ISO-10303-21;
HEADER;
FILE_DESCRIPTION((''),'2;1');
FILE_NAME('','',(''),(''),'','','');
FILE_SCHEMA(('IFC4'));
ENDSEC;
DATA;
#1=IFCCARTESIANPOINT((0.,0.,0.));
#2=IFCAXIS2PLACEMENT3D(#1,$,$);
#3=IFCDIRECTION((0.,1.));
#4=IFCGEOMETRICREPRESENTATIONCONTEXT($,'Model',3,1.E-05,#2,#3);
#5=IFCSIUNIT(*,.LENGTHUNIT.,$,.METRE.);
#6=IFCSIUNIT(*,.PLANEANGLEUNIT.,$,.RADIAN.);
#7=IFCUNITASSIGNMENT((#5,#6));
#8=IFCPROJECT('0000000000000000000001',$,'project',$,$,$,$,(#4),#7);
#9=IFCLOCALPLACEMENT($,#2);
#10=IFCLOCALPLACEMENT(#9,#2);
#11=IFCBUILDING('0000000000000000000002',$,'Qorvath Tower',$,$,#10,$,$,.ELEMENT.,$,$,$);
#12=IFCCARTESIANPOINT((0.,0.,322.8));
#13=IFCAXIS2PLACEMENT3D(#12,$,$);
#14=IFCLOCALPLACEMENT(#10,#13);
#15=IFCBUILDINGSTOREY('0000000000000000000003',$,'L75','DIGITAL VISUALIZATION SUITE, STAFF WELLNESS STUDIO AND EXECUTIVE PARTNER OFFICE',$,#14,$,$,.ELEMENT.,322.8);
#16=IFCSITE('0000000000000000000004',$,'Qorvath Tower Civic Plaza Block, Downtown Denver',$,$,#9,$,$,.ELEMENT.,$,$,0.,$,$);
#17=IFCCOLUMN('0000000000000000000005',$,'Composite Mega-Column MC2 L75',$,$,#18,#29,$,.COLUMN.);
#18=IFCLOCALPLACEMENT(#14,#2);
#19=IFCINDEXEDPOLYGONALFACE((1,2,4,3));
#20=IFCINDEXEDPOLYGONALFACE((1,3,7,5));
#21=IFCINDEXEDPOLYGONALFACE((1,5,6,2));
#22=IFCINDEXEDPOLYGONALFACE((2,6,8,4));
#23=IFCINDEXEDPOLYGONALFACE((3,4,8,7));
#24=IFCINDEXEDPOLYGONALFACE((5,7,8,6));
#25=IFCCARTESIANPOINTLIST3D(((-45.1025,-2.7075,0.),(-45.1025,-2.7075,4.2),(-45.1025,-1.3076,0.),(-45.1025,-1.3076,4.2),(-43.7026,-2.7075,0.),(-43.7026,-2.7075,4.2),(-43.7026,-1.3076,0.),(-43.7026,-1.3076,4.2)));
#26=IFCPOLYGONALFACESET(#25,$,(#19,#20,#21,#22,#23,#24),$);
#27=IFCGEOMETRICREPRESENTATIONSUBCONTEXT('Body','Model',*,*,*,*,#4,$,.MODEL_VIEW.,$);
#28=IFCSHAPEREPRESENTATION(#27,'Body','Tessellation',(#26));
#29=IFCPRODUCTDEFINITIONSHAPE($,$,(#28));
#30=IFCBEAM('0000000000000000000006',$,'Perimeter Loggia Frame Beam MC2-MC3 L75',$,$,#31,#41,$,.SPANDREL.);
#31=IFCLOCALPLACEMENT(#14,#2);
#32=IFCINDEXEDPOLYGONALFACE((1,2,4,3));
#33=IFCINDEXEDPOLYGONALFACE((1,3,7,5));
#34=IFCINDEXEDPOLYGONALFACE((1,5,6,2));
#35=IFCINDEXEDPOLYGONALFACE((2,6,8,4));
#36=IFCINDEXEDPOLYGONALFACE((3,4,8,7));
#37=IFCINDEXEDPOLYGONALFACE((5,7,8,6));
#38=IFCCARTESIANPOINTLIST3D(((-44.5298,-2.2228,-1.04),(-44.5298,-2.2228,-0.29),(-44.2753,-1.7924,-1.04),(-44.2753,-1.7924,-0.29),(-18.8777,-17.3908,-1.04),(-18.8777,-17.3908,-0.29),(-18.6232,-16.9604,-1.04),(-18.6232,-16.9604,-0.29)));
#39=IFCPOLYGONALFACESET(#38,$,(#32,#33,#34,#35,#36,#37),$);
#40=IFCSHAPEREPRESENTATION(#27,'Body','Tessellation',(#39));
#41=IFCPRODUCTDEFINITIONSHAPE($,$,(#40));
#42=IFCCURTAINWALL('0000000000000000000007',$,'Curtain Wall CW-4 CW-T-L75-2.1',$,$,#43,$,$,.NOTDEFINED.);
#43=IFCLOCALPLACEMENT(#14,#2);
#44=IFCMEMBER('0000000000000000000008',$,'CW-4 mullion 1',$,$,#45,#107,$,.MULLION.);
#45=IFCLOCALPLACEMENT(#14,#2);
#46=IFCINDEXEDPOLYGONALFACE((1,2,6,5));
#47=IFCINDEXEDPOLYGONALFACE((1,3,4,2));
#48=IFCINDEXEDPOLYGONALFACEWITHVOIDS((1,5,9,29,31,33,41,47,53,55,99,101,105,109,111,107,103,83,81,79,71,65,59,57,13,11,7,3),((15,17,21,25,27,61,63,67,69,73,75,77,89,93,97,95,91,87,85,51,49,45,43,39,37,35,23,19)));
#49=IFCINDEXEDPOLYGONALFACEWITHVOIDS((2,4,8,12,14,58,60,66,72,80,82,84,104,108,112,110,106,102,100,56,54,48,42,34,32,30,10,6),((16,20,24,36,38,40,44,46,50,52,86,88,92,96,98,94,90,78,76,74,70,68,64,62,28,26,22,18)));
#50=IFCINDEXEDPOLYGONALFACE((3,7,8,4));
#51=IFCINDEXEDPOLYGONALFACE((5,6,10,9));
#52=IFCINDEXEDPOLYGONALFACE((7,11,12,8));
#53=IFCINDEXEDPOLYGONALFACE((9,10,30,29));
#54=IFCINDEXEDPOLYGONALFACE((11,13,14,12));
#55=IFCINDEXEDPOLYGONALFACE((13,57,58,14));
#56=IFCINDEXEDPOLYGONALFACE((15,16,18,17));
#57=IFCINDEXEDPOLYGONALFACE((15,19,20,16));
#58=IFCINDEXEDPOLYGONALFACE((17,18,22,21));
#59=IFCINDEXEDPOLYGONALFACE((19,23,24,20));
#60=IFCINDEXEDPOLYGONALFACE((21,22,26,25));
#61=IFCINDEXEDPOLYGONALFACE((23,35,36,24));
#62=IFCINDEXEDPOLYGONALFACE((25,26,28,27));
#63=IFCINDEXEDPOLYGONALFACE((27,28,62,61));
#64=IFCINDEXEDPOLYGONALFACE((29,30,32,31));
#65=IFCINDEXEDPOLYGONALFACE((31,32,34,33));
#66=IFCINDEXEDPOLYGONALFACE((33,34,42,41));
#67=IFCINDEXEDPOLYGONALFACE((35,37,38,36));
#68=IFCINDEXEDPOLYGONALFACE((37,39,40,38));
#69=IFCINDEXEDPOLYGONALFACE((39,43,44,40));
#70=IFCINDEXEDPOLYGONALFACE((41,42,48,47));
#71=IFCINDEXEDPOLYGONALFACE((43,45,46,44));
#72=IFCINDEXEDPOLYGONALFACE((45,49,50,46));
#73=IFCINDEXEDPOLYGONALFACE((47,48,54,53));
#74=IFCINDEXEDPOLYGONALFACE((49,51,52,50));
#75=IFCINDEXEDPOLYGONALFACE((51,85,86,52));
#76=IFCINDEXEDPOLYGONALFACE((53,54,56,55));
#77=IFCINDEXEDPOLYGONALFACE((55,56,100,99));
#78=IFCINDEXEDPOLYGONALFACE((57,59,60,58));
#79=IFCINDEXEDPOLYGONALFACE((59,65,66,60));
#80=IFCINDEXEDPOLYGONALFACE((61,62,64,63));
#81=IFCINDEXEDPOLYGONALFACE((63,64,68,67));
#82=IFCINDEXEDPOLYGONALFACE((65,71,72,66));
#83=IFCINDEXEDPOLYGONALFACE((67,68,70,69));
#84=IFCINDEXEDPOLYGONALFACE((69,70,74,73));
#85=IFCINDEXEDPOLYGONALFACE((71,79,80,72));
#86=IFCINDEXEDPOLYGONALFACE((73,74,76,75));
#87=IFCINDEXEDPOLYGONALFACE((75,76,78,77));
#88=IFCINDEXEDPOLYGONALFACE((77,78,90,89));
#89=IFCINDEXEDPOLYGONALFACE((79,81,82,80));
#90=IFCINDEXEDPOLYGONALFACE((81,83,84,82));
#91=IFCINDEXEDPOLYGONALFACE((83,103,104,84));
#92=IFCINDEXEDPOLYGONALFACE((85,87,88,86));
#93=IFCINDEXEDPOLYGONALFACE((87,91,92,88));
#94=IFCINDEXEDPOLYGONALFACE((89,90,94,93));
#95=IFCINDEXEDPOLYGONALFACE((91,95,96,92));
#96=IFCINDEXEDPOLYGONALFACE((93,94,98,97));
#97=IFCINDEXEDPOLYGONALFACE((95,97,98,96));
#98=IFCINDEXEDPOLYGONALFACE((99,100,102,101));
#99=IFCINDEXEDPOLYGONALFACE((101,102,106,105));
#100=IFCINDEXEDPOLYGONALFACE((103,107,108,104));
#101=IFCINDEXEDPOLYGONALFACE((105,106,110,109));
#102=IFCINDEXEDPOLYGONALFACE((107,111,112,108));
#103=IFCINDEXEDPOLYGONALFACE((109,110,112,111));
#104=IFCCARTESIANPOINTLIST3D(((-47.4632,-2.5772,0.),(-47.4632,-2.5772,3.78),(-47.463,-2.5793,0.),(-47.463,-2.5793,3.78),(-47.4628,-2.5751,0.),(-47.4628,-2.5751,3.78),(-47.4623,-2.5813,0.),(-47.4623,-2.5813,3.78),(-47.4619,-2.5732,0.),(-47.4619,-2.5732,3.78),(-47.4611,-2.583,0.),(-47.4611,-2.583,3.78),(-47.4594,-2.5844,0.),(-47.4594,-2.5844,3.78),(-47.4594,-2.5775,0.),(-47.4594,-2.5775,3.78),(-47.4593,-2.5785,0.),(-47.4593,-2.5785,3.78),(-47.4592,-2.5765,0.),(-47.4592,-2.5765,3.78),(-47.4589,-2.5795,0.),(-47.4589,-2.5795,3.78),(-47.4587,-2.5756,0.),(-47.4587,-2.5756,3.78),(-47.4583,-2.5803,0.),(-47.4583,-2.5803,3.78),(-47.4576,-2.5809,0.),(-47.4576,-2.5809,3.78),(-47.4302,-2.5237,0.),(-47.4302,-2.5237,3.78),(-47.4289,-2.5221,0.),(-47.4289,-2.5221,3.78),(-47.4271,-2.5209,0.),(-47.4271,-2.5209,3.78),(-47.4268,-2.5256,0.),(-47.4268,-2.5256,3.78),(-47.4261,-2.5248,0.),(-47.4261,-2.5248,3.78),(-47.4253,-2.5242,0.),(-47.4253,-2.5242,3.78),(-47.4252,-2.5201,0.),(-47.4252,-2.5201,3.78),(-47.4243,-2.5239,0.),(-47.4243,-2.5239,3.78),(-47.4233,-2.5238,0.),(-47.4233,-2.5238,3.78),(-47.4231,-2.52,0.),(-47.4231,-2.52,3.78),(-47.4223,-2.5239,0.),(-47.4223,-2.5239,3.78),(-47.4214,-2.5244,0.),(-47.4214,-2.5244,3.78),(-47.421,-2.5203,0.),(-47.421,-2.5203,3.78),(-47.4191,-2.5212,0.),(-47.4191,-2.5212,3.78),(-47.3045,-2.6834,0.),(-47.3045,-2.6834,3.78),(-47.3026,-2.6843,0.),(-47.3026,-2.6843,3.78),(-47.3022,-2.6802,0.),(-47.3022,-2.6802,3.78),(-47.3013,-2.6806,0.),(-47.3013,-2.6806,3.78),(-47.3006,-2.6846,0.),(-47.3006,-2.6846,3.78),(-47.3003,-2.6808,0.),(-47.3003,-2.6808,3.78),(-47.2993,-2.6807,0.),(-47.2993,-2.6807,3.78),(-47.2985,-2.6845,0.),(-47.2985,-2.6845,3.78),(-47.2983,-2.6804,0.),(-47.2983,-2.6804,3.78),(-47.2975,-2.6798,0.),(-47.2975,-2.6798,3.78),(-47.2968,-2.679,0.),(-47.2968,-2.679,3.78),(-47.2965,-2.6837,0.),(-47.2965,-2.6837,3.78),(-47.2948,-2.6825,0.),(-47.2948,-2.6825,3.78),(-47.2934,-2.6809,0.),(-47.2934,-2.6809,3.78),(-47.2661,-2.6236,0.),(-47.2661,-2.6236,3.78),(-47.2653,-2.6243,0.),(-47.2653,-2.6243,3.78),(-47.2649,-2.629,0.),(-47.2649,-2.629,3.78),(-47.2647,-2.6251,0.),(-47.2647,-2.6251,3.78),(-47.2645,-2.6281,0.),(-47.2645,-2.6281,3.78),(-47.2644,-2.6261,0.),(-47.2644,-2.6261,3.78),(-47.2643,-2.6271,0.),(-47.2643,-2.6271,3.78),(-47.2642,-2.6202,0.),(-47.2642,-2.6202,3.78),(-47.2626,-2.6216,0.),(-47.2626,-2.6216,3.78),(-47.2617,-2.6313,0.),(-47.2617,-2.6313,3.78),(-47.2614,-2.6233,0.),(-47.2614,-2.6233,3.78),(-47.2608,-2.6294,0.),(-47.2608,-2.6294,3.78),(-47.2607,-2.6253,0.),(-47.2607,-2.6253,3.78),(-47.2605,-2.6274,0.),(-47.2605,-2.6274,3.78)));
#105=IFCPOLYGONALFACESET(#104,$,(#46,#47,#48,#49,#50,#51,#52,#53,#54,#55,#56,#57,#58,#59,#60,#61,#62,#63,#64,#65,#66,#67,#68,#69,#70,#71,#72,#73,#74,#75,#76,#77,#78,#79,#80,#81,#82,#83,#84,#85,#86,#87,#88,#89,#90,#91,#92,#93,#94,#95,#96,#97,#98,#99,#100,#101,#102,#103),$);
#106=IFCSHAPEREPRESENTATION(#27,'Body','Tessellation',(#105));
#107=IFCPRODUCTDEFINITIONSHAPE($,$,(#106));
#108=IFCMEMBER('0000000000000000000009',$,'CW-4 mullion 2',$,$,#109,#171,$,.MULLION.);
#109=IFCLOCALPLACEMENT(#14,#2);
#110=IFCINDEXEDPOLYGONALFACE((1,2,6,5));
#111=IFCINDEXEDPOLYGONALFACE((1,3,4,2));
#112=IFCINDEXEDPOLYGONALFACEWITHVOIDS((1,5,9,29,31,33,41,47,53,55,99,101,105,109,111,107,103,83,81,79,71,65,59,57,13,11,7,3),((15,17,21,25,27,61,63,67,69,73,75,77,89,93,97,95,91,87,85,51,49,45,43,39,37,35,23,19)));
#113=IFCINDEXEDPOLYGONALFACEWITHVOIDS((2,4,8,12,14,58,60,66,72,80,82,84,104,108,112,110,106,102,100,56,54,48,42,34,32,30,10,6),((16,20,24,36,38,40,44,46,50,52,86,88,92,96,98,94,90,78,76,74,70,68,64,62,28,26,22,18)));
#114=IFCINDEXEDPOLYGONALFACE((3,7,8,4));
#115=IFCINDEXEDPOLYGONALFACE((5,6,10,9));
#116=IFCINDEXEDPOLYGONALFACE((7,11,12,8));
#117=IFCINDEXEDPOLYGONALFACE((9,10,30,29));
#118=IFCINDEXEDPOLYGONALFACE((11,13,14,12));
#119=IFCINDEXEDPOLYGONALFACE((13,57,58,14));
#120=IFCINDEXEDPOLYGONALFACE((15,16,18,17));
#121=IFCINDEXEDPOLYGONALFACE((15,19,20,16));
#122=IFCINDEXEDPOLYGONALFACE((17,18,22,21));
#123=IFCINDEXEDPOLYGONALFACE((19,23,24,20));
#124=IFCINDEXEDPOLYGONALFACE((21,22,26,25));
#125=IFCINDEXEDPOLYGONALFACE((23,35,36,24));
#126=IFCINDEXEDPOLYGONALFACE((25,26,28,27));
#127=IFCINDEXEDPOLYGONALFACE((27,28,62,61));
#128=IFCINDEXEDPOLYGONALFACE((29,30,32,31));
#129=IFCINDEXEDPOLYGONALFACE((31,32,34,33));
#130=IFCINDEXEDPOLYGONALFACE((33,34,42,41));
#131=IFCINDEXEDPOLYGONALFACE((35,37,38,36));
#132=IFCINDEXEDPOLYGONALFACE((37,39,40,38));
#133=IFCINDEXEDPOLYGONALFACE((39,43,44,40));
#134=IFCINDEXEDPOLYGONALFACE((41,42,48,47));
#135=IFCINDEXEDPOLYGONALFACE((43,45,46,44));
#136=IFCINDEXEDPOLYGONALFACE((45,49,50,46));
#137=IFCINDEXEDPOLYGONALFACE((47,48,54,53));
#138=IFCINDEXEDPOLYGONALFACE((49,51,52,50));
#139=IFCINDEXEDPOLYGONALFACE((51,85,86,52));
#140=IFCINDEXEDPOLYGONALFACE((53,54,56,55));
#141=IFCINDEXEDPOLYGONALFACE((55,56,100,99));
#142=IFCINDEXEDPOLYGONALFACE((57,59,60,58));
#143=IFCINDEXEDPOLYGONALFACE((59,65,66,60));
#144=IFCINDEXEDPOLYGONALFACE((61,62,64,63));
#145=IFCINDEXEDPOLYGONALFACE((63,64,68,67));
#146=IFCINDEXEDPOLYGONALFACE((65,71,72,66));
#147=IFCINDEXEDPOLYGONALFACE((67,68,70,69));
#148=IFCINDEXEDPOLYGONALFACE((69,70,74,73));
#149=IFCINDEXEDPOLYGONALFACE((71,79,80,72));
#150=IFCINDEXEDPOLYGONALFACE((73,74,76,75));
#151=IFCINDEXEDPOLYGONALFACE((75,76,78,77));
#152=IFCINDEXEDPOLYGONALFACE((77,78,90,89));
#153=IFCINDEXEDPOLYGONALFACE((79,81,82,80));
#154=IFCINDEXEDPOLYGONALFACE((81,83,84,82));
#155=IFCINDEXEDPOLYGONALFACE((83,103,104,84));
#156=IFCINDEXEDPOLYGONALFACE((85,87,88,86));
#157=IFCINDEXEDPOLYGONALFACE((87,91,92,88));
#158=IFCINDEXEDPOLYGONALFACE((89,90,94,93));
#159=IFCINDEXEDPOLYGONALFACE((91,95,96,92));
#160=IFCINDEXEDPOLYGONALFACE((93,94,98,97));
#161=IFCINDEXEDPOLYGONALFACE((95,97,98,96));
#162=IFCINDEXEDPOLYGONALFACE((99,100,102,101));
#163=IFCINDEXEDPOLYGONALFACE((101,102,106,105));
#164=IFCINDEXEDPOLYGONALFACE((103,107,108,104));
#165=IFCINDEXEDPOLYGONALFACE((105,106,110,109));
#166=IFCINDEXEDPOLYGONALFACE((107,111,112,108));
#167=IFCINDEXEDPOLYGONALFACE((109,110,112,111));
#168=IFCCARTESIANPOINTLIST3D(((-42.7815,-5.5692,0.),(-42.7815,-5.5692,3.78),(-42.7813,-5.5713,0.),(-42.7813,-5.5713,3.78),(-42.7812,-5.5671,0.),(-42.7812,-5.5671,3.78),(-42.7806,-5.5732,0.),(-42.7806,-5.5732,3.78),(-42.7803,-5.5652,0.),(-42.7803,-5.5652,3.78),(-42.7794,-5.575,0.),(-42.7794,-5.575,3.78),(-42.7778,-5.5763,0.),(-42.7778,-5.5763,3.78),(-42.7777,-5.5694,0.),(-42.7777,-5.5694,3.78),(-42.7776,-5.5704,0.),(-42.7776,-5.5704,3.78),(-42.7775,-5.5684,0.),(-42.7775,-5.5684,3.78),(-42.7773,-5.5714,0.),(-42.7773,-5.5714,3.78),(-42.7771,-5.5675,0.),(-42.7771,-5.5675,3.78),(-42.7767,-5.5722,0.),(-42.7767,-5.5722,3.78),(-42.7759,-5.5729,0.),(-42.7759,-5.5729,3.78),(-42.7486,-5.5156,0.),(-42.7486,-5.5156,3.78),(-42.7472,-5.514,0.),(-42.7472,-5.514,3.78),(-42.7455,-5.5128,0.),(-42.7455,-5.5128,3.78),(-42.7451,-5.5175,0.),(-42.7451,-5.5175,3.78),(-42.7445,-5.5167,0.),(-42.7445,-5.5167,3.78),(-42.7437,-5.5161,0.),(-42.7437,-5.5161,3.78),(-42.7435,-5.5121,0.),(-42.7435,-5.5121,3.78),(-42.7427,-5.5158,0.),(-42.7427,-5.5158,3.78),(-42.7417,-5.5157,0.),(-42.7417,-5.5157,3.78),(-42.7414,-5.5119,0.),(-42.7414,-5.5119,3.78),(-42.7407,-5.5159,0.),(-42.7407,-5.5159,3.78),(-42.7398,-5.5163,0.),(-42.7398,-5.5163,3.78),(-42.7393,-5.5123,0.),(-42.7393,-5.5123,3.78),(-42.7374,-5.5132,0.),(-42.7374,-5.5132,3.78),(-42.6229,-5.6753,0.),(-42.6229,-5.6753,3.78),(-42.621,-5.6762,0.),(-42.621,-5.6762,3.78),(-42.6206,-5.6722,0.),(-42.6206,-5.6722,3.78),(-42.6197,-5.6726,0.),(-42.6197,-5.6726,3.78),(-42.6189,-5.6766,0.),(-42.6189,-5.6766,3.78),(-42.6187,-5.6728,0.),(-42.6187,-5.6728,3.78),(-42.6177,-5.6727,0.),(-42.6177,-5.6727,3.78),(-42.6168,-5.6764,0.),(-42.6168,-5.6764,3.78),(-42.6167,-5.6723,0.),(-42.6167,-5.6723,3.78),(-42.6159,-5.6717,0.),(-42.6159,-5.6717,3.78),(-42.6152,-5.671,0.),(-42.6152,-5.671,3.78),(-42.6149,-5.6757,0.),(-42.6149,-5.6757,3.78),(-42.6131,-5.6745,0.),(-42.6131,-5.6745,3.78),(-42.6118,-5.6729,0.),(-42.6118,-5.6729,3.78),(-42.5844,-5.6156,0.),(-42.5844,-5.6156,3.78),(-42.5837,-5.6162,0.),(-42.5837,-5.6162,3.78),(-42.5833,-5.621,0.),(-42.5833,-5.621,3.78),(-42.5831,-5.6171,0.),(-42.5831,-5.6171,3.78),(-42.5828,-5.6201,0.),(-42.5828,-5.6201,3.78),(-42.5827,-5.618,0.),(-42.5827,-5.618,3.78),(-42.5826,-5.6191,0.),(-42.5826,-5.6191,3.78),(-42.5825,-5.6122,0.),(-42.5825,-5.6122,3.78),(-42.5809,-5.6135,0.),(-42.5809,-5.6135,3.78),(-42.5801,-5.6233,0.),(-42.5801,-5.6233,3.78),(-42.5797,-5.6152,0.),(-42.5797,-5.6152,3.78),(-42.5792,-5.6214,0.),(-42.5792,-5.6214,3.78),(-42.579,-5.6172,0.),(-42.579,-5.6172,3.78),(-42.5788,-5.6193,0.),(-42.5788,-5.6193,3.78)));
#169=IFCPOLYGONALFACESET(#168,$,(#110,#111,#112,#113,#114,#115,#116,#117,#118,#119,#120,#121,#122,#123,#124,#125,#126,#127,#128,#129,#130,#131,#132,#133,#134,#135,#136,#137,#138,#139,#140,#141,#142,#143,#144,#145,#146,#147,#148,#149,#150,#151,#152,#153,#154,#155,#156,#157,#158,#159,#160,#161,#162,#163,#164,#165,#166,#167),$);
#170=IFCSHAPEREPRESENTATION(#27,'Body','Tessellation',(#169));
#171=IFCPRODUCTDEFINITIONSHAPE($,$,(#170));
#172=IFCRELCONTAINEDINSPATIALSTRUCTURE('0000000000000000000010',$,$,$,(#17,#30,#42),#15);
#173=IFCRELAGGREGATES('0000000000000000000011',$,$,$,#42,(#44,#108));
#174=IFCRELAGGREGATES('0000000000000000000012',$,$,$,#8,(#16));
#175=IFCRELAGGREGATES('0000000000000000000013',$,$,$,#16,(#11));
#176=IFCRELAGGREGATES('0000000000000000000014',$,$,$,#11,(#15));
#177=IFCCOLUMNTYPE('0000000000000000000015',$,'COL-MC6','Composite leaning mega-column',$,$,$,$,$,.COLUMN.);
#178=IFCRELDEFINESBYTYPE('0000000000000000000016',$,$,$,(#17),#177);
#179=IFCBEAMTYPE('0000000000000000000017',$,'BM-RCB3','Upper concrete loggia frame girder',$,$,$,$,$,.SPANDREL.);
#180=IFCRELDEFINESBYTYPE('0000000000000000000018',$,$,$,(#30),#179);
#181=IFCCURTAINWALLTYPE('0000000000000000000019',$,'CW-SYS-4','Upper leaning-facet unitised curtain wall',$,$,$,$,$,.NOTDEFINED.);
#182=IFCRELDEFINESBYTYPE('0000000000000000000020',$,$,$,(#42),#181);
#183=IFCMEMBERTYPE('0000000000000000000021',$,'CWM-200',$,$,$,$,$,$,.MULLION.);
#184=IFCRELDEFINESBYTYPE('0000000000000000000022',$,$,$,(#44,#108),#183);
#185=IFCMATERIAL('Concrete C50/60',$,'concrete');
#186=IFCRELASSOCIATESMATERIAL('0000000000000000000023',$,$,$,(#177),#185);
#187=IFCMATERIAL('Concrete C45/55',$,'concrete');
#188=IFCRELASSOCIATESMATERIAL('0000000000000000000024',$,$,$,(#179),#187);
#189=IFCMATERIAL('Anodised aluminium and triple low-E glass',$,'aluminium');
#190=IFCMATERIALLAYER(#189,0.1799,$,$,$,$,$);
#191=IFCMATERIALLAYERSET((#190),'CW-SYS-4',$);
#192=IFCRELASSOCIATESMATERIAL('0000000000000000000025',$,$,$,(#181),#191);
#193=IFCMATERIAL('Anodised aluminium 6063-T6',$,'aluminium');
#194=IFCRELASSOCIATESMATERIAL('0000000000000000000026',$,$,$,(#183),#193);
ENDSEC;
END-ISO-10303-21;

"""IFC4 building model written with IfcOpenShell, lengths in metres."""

from ifc_helpers import new_model, si_unit, direction, frame, origin, origin_2d, place, context, subcontext, project, spatial, rectangle, hollow_rectangle, extrude, material, layer, layer_set, material_profile, profile_set, type_object, element, aggregate, save


model = new_model("IFC4")

# Units and contexts
model_context = context("Model", 3, precision=1e-05, world=origin(), true_north=direction((0.0, 1.0)))
body_context = subcontext(model_context, "Body", "Model", "MODEL_VIEW")
ifc_project = project(units=[si_unit("LENGTHUNIT", "METRE"), si_unit("PLANEANGLEUNIT", "RADIAN")], contexts=[model_context])

# Site, building, storey
site_placement = place(None, origin())
site = spatial("IfcSite", under=ifc_project, at=site_placement, Name="Qorvath Tower Civic Plaza Block, Downtown Denver", CompositionType="ELEMENT", RefElevation=0.0)
building_placement = place(site_placement, origin())
building = spatial("IfcBuilding", under=site, at=building_placement, Name="Qorvath Tower", CompositionType="ELEMENT")
storey_placement = place(building_placement, frame((0.0, 0.0, 322.8)))
storey = spatial("IfcBuildingStorey", under=building, at=storey_placement, Name="L75", Description="DIGITAL VISUALIZATION SUITE, STAFF WELLNESS STUDIO AND EXECUTIVE PARTNER OFFICE", CompositionType="ELEMENT", Elevation=322.8)

# Column
ifc_material_1 = material(Name="Concrete C50/60", Category="concrete")
ifc_material_profile_1 = material_profile(ifc_material_1, rectangle(XDim=1.3999, YDim=1.3999, at=origin_2d()), Name="MC 1400x1400")
ifc_profile_set_1 = profile_set([ifc_material_profile_1], Name="Concrete C50/60")
column_type = type_object("IfcColumnType", Name="COL-MC6", Description="Composite leaning mega-column", PredefinedType="COLUMN", material=ifc_profile_set_1)
column_placement = place(storey_placement, frame((-44.4026, -2.0076, 0.0), z_axis=(0.0, 0.0, 1.0), x_axis=(1.0, 0.0, 0.0)))
element("IfcColumn", 1, at=column_placement, inside=storey, type_object=column_type, Name="Composite Mega-Column MC2 L75", PredefinedType="COLUMN", context=body_context, shape_type="SweptSolid", body=[
    extrude(rectangle(XDim=1.3999, YDim=1.3999, at=origin_2d()), origin(), (0.0, 0.0, 1.0), 4.2),
])

# Beam
ifc_material_2 = material(Name="Concrete C45/55", Category="concrete")
ifc_material_profile_2 = material_profile(ifc_material_2, rectangle(XDim=0.5, YDim=0.75, at=origin_2d()), Name="RCB 750x500")
ifc_profile_set_2 = profile_set([ifc_material_profile_2], Name="Concrete C45/55")
beam_type = type_object("IfcBeamType", Name="BM-RCB3", Description="Upper concrete loggia frame girder", PredefinedType="SPANDREL", material=ifc_profile_set_2)
beam_placement = place(storey_placement, frame((-44.4026, -2.0076, -0.665), z_axis=(0.860781, -0.508976, 0.0), x_axis=(0.508976, 0.860781, 0.0)))
element("IfcBeam", 2, at=beam_placement, inside=storey, type_object=beam_type, Name="Perimeter Loggia Frame Beam MC2-MC3 L75", PredefinedType="SPANDREL", context=body_context, shape_type="SweptSolid", body=[
    extrude(rectangle(XDim=0.5, YDim=0.75, at=origin_2d()), origin(), (0.0, 0.0, 1.0), 29.801),
])

# Curtain wall, members
ifc_material_3 = material(Name="Anodised aluminium and triple low-E glass", Category="aluminium")
ifc_layer_1 = layer(ifc_material_3, 0.1799)
ifc_layer_set_1 = layer_set([ifc_layer_1], Name="CW-SYS-4")
curtain_wall_type = type_object("IfcCurtainWallType", Name="CW-SYS-4", Description="Upper leaning-facet unitised curtain wall", PredefinedType="NOTDEFINED", material=ifc_layer_set_1)
curtain_wall_placement = place(storey_placement, origin())
curtain_wall = element("IfcCurtainWall", 3, at=curtain_wall_placement, inside=storey, type_object=curtain_wall_type, Name="Curtain Wall CW-4 CW-T-L75-2.1", PredefinedType="NOTDEFINED")
ifc_material_4 = material(Name="Anodised aluminium 6063-T6", Category="aluminium")
ifc_material_profile_3 = material_profile(ifc_material_4, hollow_rectangle(XDim=0.075, YDim=0.2, WallThickness=0.0039, InnerFilletRadius=0.0039, OuterFilletRadius=0.0081, at=origin_2d()), Name="CWM 200x75")
ifc_profile_set_3 = profile_set([ifc_material_profile_3], Name="Anodised aluminium 6063-T6")
member_type_1 = type_object("IfcMemberType", Name="CWM-200", PredefinedType="MULLION", material=ifc_profile_set_3)
member_1_placement = place(storey_placement, frame((-47.3618, -2.6023, 0.0), z_axis=(0.0, 0.0, 1.0), x_axis=(0.538536, 0.842603, 0.0)))
member_1 = element("IfcMember", 4, at=member_1_placement, type_object=member_type_1, Name="CW-4 mullion 1", PredefinedType="MULLION", context=body_context, shape_type="SweptSolid", body=[
    extrude(hollow_rectangle(XDim=0.075, YDim=0.2, WallThickness=0.0039, InnerFilletRadius=0.0039, OuterFilletRadius=0.0081, at=origin_2d()), origin(), (0.0, 0.0, 1.0), 3.78),
])
member_2_placement = place(storey_placement, frame((-42.6802, -5.5942, 0.0), z_axis=(0.0, 0.0, 1.0), x_axis=(0.538536, 0.842603, 0.0)))
member_2 = element("IfcMember", 5, at=member_2_placement, type_object=member_type_1, Name="CW-4 mullion 2", PredefinedType="MULLION", context=body_context, shape_type="SweptSolid", body=[
    extrude(hollow_rectangle(XDim=0.075, YDim=0.2, WallThickness=0.0039, InnerFilletRadius=0.0039, OuterFilletRadius=0.0081, at=origin_2d()), origin(), (0.0, 0.0, 1.0), 3.78),
])
aggregate(curtain_wall, [member_1, member_2])

save(model, "model.ifc")
